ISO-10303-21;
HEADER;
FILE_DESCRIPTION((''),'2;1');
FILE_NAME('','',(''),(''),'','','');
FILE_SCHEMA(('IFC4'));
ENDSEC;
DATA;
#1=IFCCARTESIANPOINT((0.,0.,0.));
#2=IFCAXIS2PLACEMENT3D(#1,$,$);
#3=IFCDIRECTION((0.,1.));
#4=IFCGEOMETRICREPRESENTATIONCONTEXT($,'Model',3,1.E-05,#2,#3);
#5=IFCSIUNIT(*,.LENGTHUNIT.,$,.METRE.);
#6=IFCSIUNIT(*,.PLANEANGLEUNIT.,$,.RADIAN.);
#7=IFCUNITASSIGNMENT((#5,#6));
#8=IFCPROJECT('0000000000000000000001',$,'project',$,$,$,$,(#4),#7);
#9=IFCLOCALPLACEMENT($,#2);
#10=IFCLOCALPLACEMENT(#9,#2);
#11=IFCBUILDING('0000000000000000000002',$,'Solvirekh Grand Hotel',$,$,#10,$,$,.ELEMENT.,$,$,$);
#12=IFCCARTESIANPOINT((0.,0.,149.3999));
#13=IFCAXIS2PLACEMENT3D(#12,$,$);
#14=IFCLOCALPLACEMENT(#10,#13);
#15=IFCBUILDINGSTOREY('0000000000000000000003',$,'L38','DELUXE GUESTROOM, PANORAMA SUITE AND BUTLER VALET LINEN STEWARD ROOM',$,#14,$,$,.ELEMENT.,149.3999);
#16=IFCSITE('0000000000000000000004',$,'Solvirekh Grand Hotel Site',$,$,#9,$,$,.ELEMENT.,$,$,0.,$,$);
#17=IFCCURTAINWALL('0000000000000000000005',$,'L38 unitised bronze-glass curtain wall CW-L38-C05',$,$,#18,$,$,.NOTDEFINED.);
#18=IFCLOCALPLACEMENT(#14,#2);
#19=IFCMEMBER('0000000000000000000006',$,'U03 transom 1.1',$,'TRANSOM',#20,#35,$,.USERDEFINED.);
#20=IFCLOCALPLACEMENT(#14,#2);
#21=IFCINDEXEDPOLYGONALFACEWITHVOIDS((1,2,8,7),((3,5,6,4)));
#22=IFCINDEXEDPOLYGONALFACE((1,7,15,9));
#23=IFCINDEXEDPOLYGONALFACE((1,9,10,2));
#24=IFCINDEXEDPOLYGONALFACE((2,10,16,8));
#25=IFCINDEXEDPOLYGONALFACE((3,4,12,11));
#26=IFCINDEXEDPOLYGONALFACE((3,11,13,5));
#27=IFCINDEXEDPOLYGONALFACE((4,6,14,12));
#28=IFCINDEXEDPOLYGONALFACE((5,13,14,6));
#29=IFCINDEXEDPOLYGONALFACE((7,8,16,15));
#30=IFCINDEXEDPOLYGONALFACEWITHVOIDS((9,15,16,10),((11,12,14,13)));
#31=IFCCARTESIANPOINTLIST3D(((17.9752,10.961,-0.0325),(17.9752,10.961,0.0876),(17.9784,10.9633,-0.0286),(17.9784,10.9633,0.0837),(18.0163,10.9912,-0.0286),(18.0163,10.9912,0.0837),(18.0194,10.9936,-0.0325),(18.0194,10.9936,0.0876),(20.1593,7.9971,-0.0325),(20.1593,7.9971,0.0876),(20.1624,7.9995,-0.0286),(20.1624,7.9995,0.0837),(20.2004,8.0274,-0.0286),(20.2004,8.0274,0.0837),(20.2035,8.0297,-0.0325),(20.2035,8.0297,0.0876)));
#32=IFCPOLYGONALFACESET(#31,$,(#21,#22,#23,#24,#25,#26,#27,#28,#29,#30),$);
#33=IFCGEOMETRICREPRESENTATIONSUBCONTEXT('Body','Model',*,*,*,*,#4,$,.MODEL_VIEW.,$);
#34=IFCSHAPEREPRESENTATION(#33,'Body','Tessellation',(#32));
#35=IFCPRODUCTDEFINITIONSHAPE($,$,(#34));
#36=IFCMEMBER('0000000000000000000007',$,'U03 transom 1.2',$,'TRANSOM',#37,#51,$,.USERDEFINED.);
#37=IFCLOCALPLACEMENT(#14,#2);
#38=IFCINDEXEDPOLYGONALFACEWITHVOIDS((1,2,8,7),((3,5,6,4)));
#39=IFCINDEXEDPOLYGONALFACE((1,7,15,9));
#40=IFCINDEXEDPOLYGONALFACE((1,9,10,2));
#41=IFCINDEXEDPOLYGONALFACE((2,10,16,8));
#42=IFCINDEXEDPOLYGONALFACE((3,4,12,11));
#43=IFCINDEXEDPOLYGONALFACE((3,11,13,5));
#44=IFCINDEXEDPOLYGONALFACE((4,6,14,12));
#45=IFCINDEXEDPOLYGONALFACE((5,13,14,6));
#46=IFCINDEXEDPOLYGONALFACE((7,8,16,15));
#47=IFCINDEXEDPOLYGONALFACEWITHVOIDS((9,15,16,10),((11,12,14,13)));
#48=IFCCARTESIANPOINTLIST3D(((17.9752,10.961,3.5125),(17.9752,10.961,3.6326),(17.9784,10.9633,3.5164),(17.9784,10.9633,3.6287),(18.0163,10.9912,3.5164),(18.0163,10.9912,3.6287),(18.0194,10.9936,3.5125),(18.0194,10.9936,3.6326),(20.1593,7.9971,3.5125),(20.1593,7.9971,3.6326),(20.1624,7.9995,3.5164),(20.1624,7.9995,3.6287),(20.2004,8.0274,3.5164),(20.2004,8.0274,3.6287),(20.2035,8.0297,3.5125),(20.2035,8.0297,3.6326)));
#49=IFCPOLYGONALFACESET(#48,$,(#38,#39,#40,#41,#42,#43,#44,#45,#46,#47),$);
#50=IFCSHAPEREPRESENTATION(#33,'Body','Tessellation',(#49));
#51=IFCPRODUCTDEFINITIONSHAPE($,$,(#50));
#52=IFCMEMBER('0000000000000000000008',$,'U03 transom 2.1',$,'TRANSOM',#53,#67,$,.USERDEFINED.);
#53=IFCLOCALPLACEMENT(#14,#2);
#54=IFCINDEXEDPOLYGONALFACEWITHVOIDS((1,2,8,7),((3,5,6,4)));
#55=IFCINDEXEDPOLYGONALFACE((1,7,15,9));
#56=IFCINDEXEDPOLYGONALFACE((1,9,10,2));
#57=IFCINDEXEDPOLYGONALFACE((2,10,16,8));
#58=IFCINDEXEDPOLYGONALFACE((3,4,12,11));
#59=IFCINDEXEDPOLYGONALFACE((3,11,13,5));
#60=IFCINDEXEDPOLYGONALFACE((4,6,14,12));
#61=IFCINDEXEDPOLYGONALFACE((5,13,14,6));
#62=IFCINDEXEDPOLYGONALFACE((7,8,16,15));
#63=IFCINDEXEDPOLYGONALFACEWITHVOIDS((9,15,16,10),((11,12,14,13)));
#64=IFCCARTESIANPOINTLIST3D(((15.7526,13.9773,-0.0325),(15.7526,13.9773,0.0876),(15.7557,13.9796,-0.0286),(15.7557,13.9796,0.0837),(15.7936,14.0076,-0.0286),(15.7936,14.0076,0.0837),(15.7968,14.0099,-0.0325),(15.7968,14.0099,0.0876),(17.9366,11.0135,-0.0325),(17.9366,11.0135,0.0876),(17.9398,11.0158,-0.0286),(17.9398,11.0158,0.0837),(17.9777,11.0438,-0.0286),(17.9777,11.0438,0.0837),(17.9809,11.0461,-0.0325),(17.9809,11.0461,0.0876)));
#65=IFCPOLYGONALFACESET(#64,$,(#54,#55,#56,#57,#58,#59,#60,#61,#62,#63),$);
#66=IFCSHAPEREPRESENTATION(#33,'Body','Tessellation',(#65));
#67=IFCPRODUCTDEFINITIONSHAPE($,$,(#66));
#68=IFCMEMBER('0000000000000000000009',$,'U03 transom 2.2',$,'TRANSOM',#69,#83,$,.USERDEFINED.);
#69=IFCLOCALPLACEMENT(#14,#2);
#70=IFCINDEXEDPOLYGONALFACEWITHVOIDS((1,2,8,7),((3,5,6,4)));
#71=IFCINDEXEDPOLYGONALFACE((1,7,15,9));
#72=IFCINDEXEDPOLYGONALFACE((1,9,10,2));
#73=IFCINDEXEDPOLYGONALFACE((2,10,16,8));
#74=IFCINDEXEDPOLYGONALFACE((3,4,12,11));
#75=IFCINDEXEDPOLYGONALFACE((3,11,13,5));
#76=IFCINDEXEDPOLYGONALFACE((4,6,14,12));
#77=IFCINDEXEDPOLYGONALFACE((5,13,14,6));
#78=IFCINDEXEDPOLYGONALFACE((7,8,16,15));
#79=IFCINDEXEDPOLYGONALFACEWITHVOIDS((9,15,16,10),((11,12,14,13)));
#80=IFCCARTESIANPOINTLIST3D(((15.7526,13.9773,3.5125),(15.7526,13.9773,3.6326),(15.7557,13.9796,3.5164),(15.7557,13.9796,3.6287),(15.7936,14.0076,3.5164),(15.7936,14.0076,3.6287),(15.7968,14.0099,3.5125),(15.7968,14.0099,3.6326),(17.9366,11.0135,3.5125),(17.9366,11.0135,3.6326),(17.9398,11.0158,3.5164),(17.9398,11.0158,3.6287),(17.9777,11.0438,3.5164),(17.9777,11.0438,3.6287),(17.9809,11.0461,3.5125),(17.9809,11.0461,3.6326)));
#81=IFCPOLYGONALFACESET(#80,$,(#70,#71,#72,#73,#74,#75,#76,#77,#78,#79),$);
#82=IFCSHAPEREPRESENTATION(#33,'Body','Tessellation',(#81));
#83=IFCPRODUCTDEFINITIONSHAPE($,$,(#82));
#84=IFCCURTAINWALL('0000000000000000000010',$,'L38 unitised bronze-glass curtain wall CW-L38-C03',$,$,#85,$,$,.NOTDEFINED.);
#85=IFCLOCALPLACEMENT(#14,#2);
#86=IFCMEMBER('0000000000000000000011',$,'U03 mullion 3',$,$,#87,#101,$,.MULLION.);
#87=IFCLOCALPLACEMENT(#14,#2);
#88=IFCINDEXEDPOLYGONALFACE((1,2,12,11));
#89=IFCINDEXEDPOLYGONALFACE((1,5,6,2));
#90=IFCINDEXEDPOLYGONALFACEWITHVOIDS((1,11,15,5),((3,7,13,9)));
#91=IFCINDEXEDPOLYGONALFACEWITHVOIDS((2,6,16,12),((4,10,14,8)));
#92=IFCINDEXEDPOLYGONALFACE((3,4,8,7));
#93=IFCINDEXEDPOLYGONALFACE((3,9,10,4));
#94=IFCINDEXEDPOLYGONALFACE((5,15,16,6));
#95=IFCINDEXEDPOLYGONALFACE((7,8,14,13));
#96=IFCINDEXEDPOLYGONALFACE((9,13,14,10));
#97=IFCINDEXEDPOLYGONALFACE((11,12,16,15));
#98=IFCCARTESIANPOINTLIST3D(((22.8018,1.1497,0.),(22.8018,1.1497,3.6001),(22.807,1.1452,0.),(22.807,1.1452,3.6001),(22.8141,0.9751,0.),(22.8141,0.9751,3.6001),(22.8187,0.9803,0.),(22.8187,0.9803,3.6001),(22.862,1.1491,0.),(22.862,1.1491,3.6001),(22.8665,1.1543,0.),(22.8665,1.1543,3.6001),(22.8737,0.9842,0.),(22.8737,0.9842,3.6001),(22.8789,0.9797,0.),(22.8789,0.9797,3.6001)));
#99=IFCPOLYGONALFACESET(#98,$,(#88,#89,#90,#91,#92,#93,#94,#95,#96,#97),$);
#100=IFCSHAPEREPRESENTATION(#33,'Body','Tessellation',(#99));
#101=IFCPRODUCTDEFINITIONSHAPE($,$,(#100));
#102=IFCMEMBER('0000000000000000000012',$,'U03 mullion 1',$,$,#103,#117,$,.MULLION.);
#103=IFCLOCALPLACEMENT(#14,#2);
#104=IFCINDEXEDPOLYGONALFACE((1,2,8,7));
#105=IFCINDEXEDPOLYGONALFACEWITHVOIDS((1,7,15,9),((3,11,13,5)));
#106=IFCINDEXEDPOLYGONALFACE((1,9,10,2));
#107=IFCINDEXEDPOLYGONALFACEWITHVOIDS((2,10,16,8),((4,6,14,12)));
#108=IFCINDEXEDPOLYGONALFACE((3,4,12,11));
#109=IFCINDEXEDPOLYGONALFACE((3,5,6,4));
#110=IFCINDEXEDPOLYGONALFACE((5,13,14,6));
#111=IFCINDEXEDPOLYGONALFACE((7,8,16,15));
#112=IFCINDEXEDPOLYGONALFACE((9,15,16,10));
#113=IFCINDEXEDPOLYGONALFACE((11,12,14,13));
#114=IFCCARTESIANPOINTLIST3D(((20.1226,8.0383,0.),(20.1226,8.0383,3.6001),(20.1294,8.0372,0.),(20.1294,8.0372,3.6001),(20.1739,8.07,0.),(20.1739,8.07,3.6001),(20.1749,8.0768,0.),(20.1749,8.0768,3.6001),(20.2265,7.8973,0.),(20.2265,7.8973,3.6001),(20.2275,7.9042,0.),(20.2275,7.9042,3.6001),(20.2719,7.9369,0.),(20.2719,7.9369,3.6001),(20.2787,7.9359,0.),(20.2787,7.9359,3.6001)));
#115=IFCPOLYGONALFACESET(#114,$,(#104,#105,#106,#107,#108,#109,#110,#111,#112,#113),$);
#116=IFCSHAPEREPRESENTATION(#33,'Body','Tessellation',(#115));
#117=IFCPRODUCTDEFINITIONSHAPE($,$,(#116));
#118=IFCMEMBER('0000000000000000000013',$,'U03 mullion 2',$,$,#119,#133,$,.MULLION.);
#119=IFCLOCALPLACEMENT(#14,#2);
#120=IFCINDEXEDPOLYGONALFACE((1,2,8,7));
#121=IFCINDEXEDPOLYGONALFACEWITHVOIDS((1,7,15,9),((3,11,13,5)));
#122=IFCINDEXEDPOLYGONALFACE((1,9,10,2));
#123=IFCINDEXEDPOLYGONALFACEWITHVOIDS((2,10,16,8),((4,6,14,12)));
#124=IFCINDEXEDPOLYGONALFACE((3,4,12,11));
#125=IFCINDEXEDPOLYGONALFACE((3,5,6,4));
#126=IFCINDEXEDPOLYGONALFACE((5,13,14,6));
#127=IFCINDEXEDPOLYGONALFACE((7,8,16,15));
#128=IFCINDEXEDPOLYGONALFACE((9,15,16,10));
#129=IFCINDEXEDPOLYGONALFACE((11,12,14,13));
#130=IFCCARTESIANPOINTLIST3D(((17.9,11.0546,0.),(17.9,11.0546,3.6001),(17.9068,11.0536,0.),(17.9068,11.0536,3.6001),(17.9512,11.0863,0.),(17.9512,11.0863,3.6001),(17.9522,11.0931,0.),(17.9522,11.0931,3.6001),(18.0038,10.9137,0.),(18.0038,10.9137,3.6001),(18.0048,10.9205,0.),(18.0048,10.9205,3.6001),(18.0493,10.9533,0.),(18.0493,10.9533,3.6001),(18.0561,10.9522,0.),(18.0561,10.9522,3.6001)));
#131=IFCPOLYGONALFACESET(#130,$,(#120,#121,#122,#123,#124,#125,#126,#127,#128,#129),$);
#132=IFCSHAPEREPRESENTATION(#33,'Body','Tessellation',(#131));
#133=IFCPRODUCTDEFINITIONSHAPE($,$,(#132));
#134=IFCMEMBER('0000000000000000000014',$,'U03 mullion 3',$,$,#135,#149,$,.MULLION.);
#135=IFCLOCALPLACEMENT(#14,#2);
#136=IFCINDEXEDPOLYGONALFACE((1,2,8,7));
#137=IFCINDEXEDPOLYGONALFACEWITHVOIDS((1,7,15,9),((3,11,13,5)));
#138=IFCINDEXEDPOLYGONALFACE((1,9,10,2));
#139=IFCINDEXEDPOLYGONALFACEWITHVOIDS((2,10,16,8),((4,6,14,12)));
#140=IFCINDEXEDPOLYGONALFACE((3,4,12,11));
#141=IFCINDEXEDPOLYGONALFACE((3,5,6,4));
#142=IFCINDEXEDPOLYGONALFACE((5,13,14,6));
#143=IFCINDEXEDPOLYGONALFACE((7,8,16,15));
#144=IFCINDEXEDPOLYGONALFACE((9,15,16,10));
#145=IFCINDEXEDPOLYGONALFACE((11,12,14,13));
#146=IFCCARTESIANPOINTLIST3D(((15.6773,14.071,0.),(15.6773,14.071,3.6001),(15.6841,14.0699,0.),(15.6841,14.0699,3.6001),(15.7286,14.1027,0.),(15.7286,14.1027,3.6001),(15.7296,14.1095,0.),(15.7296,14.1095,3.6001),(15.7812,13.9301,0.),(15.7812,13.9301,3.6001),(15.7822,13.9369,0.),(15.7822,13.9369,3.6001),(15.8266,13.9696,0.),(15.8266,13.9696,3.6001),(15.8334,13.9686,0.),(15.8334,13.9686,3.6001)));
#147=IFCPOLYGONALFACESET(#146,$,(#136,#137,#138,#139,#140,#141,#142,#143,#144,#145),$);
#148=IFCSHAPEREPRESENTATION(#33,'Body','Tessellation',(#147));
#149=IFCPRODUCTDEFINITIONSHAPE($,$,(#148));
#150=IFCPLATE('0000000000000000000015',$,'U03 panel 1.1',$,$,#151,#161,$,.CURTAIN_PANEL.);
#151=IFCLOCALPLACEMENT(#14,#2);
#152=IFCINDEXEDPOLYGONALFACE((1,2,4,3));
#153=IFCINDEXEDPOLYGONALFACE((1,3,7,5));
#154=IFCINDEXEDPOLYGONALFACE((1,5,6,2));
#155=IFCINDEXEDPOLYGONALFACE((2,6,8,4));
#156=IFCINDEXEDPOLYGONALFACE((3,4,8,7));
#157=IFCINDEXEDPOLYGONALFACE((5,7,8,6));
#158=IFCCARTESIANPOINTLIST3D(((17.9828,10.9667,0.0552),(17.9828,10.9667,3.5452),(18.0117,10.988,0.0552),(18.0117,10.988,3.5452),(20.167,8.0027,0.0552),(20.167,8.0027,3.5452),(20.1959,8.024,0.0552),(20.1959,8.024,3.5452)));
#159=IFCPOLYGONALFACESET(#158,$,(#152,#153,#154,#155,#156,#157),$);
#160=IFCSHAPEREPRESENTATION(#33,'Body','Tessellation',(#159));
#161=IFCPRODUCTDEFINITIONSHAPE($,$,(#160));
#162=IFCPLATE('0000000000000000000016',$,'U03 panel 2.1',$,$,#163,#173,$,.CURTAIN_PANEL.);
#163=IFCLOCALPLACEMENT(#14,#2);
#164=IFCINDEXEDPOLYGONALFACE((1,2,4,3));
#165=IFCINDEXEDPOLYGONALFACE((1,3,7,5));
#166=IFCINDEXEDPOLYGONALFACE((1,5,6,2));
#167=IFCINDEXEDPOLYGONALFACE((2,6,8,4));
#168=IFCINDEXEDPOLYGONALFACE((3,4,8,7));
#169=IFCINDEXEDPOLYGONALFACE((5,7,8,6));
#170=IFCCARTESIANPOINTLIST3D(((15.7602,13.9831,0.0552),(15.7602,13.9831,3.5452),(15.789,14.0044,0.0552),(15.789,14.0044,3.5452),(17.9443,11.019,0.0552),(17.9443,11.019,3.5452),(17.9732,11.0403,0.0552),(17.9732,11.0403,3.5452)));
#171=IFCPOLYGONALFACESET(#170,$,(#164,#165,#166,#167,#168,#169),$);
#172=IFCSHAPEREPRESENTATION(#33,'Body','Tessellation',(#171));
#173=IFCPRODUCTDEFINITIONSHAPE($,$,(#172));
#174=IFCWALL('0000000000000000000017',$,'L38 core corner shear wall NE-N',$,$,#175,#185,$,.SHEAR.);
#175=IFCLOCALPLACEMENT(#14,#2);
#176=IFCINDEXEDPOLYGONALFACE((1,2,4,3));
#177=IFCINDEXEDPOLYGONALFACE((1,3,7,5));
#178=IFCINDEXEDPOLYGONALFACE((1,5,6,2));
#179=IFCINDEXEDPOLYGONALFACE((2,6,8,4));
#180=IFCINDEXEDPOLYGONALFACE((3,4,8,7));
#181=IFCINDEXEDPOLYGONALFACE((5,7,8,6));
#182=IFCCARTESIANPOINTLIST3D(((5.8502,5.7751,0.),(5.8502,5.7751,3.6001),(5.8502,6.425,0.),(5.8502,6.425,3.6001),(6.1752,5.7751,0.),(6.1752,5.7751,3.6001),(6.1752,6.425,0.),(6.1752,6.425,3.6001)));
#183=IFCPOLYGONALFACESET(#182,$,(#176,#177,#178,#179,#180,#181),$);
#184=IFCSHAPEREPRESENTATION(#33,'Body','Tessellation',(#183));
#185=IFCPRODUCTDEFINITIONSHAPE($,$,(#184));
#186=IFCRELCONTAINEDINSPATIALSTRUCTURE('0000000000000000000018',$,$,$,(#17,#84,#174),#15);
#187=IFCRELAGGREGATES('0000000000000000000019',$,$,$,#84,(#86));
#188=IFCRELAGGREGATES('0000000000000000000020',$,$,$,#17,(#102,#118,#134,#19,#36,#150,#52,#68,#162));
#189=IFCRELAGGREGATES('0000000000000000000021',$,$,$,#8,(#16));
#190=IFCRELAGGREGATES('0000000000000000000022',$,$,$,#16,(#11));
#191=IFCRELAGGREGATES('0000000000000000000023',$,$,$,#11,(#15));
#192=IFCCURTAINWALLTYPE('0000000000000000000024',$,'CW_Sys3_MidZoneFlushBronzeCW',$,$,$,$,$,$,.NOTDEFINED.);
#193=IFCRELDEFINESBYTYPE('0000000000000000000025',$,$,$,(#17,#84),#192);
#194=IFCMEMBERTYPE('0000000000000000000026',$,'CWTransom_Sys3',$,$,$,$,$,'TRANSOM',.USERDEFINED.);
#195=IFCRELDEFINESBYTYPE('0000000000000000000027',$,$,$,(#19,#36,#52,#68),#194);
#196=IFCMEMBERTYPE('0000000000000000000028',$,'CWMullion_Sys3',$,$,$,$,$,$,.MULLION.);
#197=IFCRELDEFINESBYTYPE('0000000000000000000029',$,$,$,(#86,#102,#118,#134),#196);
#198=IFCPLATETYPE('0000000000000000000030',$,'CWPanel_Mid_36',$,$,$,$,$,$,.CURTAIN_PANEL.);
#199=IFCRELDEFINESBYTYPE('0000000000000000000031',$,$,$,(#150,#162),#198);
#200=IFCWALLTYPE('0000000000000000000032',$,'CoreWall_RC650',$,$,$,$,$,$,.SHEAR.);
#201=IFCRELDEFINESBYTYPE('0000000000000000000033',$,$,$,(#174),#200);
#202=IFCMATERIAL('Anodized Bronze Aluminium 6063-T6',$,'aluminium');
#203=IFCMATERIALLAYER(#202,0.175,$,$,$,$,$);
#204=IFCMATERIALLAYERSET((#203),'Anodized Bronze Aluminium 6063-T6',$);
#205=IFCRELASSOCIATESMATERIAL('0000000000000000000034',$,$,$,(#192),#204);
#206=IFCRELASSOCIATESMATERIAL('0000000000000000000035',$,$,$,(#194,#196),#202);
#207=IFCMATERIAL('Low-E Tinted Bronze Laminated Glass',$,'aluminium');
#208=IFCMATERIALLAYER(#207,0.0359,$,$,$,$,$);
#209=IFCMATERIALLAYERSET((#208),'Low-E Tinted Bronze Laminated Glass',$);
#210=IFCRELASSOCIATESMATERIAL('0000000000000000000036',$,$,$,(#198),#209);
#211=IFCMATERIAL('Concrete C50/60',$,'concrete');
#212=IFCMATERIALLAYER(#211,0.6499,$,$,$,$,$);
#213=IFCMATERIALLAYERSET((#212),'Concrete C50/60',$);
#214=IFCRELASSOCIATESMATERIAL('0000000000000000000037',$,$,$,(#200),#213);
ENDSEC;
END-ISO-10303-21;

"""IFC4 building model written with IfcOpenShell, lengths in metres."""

from ifc_helpers import new_model, si_unit, direction, frame, frame_2d, origin, origin_2d, place, context, subcontext, project, spatial, rectangle, hollow_rectangle, extrude, source, transform, mapped, material, layer, layer_set, material_profile, profile_set, type_object, element, aggregate, save


model = new_model("IFC4")

# Units and contexts
model_context = context("Model", 3, precision=1e-05, world=origin(), true_north=direction((0.0, 1.0)))
body_context = subcontext(model_context, "Body", "Model", "MODEL_VIEW")
ifc_project = project(units=[si_unit("LENGTHUNIT", "METRE"), si_unit("PLANEANGLEUNIT", "RADIAN")], contexts=[model_context])

# Site, building, storey
site_placement = place(None, origin())
site = spatial("IfcSite", under=ifc_project, at=site_placement, Name="Solvirekh Grand Hotel Site", CompositionType="ELEMENT", RefElevation=0.0)
building_placement = place(site_placement, origin())
building = spatial("IfcBuilding", under=site, at=building_placement, Name="Solvirekh Grand Hotel", CompositionType="ELEMENT")
storey_placement = place(building_placement, frame((0.0, 0.0, 149.3999)))
storey = spatial("IfcBuildingStorey", under=building, at=storey_placement, Name="L38", Description="DELUXE GUESTROOM, PANORAMA SUITE AND BUTLER VALET LINEN STEWARD ROOM", CompositionType="ELEMENT", Elevation=149.3999)

# Shared definitions
ifc_material_1 = material(Name="Concrete C50/60", Category="concrete")

# Curtain wall, members
ifc_material_2 = material(Name="Anodized Bronze Aluminium 6063-T6", Category="aluminium")
ifc_layer_1 = layer(ifc_material_2, 0.175)
ifc_layer_set_1 = layer_set([ifc_layer_1], Name="Anodized Bronze Aluminium 6063-T6")
curtain_wall_type = type_object("IfcCurtainWallType", Name="CW_Sys3_MidZoneFlushBronzeCW", PredefinedType="NOTDEFINED", material=ifc_layer_set_1)
curtain_wall_1_placement = place(storey_placement, origin())
curtain_wall_1 = element("IfcCurtainWall", 1, at=curtain_wall_1_placement, inside=storey, type_object=curtain_wall_type, Name="L38 unitised bronze-glass curtain wall CW-L38-C05", PredefinedType="NOTDEFINED")
ifc_material_profile_1 = material_profile(ifc_material_2, hollow_rectangle(XDim=0.0549, YDim=0.1201, WallThickness=0.0039, at=origin_2d()), Name="ALU RHS 120X55X4")
ifc_profile_set_1 = profile_set([ifc_material_profile_1], Name="Anodized Bronze Aluminium 6063-T6")
member_type_1 = type_object("IfcMemberType", Name="CWTransom_Sys3", ElementType="TRANSOM", PredefinedType="USERDEFINED", material=ifc_profile_set_1)
shared_shape_1 = source(origin(), body_context, "Body", "SweptSolid", [
    extrude(hollow_rectangle(XDim=0.0549, YDim=0.1201, WallThickness=0.0039, at=origin_2d()), origin(), (0.0, 0.0, 1.0), 3.6816),
])
member_1_placement = place(storey_placement, frame((20.1814, 8.0134, 0.0276), z_axis=(-0.593231, 0.805033, 0.0), x_axis=(-0.805033, -0.593231, 0.0)))
member_1 = element("IfcMember", 2, at=member_1_placement, type_object=member_type_1, Name="U03 transom 1.1", ObjectType="TRANSOM", PredefinedType="USERDEFINED", context=body_context, shape_type="MappedRepresentation", body=[
    mapped(shared_shape_1, transform((0.0, 0.0, 0.0), x_axis=(1.0, 0.0, 0.0), y_axis=(0.0, 1.0, 0.0), z_axis=(0.0, 0.0, 1.0), scale=1.0)),
])
member_2_placement = place(storey_placement, frame((20.1814, 8.0134, 3.5725), z_axis=(-0.593231, 0.805033, 0.0), x_axis=(-0.805033, -0.593231, 0.0)))
member_2 = element("IfcMember", 3, at=member_2_placement, type_object=member_type_1, Name="U03 transom 1.2", ObjectType="TRANSOM", PredefinedType="USERDEFINED", context=body_context, shape_type="MappedRepresentation", body=[
    mapped(shared_shape_1, transform((0.0, 0.0, 0.0), x_axis=(1.0, 0.0, 0.0), y_axis=(0.0, 1.0, 0.0), z_axis=(0.0, 0.0, 1.0), scale=1.0)),
])
member_3_placement = place(storey_placement, frame((17.9587, 11.0298, 0.0276), z_axis=(-0.593231, 0.805033, 0.0), x_axis=(-0.805033, -0.593231, 0.0)))
member_3 = element("IfcMember", 4, at=member_3_placement, type_object=member_type_1, Name="U03 transom 2.1", ObjectType="TRANSOM", PredefinedType="USERDEFINED", context=body_context, shape_type="MappedRepresentation", body=[
    mapped(shared_shape_1, transform((0.0, 0.0, 0.0), x_axis=(1.0, 0.0, 0.0), y_axis=(0.0, 1.0, 0.0), z_axis=(0.0, 0.0, 1.0), scale=1.0)),
])
member_4_placement = place(storey_placement, frame((17.9587, 11.0298, 3.5725), z_axis=(-0.593231, 0.805033, 0.0), x_axis=(-0.805033, -0.593231, 0.0)))
member_4 = element("IfcMember", 5, at=member_4_placement, type_object=member_type_1, Name="U03 transom 2.2", ObjectType="TRANSOM", PredefinedType="USERDEFINED", context=body_context, shape_type="MappedRepresentation", body=[
    mapped(shared_shape_1, transform((0.0, 0.0, 0.0), x_axis=(1.0, 0.0, 0.0), y_axis=(0.0, 1.0, 0.0), z_axis=(0.0, 0.0, 1.0), scale=1.0)),
])

# Curtain wall, member
curtain_wall_2_placement = place(storey_placement, origin())
curtain_wall_2 = element("IfcCurtainWall", 6, at=curtain_wall_2_placement, inside=storey, type_object=curtain_wall_type, Name="L38 unitised bronze-glass curtain wall CW-L38-C03", PredefinedType="NOTDEFINED")
ifc_material_profile_2 = material_profile(ifc_material_2, hollow_rectangle(XDim=0.0649, YDim=0.175, WallThickness=0.0049, at=origin_2d()), Name="ALU RHS 175X65X5")
ifc_profile_set_2 = profile_set([ifc_material_profile_2], Name="Anodized Bronze Aluminium 6063-T6")
member_type_2 = type_object("IfcMemberType", Name="CWMullion_Sys3", PredefinedType="MULLION", material=ifc_profile_set_2)
shared_shape_2 = source(origin(), body_context, "Body", "SweptSolid", [
    extrude(hollow_rectangle(XDim=0.0649, YDim=0.175, WallThickness=0.0049, at=origin_2d()), origin(), (0.0, 0.0, 1.0), 3.6001),
])
member_5_placement = place(storey_placement, frame((22.8403, 1.0647, 0.0), z_axis=(0.0, 0.0, 1.0), x_axis=(-0.997499, -0.070678, 0.0)))
member_5 = element("IfcMember", 7, at=member_5_placement, type_object=member_type_2, Name="U03 mullion 3", PredefinedType="MULLION", context=body_context, shape_type="MappedRepresentation", body=[
    mapped(shared_shape_2, transform((0.0, 0.0, 0.0), x_axis=(1.0, 0.0, 0.0), y_axis=(0.0, 1.0, 0.0), z_axis=(0.0, 0.0, 1.0), scale=1.0)),
])
aggregate(curtain_wall_2, [member_5])

# Members
member_6_placement = place(storey_placement, frame((20.2007, 7.9871, 0.0), z_axis=(0.0, 0.0, 1.0), x_axis=(-0.805036, -0.593226, 0.0)))
member_6 = element("IfcMember", 8, at=member_6_placement, type_object=member_type_2, Name="U03 mullion 1", PredefinedType="MULLION", context=body_context, shape_type="MappedRepresentation", body=[
    mapped(shared_shape_2, transform((0.0, 0.0, 0.0), x_axis=(1.0, 0.0, 0.0), y_axis=(0.0, 1.0, 0.0), z_axis=(0.0, 0.0, 1.0), scale=1.0)),
])
member_7_placement = place(storey_placement, frame((17.978, 11.0034, 0.0), z_axis=(0.0, 0.0, 1.0), x_axis=(-0.805036, -0.593226, 0.0)))
member_7 = element("IfcMember", 9, at=member_7_placement, type_object=member_type_2, Name="U03 mullion 2", PredefinedType="MULLION", context=body_context, shape_type="MappedRepresentation", body=[
    mapped(shared_shape_2, transform((0.0, 0.0, 0.0), x_axis=(1.0, 0.0, 0.0), y_axis=(0.0, 1.0, 0.0), z_axis=(0.0, 0.0, 1.0), scale=1.0)),
])
member_8_placement = place(storey_placement, frame((15.7554, 14.0198, 0.0), z_axis=(0.0, 0.0, 1.0), x_axis=(-0.805036, -0.593226, 0.0)))
member_8 = element("IfcMember", 10, at=member_8_placement, type_object=member_type_2, Name="U03 mullion 3", PredefinedType="MULLION", context=body_context, shape_type="MappedRepresentation", body=[
    mapped(shared_shape_2, transform((0.0, 0.0, 0.0), x_axis=(1.0, 0.0, 0.0), y_axis=(0.0, 1.0, 0.0), z_axis=(0.0, 0.0, 1.0), scale=1.0)),
])

# Plates
ifc_material_3 = material(Name="Low-E Tinted Bronze Laminated Glass", Category="aluminium")
ifc_layer_2 = layer(ifc_material_3, 0.0359)
ifc_layer_set_2 = layer_set([ifc_layer_2], Name="Low-E Tinted Bronze Laminated Glass")
plate_type = type_object("IfcPlateType", Name="CWPanel_Mid_36", PredefinedType="CURTAIN_PANEL", material=ifc_layer_set_2)
shared_shape_3 = source(origin(), body_context, "Body", "SweptSolid", [
    extrude(rectangle(XDim=3.6819, YDim=0.0359, at=origin_2d()), origin(), (0.0, 0.0, 1.0), 3.49),
])
plate_1_placement = place(storey_placement, frame((19.0894, 9.4954, 0.0552), z_axis=(0.0, 0.0, 1.0), x_axis=(-0.593226, 0.805036, 0.0)))
plate_1 = element("IfcPlate", 11, at=plate_1_placement, type_object=plate_type, Name="U03 panel 1.1", PredefinedType="CURTAIN_PANEL", context=body_context, shape_type="MappedRepresentation", body=[
    mapped(shared_shape_3, transform((0.0, 0.0, 0.0), x_axis=(1.0, 0.0, 0.0), y_axis=(0.0, 1.0, 0.0), z_axis=(0.0, 0.0, 1.0), scale=1.0)),
])
plate_2_placement = place(storey_placement, frame((16.8667, 12.5117, 0.0552), z_axis=(0.0, 0.0, 1.0), x_axis=(-0.593226, 0.805036, 0.0)))
plate_2 = element("IfcPlate", 12, at=plate_2_placement, type_object=plate_type, Name="U03 panel 2.1", PredefinedType="CURTAIN_PANEL", context=body_context, shape_type="MappedRepresentation", body=[
    mapped(shared_shape_3, transform((0.0, 0.0, 0.0), x_axis=(1.0, 0.0, 0.0), y_axis=(0.0, 1.0, 0.0), z_axis=(0.0, 0.0, 1.0), scale=1.0)),
])
aggregate(curtain_wall_1, [member_6, member_7, member_8, member_1, member_2, plate_1, member_3, member_4, plate_2])

# Wall
ifc_layer_3 = layer(ifc_material_1, 0.6499)
ifc_layer_set_3 = layer_set([ifc_layer_3], Name="Concrete C50/60")
wall_type_1 = type_object("IfcWallType", Name="CoreWall_RC650", PredefinedType="SHEAR", material=ifc_layer_set_3)
wall_1_placement = place(storey_placement, frame((5.8501, 6.1001, 0.0), z_axis=(0.0, 0.0, 1.0), x_axis=(1.0, 0.0, 0.0)))
element("IfcWall", 13, at=wall_1_placement, inside=storey, type_object=wall_type_1, Name="L38 core corner shear wall NE-N", PredefinedType="SHEAR", context=body_context, shape_type="SweptSolid", body=[
    extrude(rectangle(XDim=0.325, YDim=0.6499, at=frame_2d((0.1626, 0.0))), origin(), (0.0, 0.0, 1.0), 3.6001),
])

save(model, "model.ifc")
